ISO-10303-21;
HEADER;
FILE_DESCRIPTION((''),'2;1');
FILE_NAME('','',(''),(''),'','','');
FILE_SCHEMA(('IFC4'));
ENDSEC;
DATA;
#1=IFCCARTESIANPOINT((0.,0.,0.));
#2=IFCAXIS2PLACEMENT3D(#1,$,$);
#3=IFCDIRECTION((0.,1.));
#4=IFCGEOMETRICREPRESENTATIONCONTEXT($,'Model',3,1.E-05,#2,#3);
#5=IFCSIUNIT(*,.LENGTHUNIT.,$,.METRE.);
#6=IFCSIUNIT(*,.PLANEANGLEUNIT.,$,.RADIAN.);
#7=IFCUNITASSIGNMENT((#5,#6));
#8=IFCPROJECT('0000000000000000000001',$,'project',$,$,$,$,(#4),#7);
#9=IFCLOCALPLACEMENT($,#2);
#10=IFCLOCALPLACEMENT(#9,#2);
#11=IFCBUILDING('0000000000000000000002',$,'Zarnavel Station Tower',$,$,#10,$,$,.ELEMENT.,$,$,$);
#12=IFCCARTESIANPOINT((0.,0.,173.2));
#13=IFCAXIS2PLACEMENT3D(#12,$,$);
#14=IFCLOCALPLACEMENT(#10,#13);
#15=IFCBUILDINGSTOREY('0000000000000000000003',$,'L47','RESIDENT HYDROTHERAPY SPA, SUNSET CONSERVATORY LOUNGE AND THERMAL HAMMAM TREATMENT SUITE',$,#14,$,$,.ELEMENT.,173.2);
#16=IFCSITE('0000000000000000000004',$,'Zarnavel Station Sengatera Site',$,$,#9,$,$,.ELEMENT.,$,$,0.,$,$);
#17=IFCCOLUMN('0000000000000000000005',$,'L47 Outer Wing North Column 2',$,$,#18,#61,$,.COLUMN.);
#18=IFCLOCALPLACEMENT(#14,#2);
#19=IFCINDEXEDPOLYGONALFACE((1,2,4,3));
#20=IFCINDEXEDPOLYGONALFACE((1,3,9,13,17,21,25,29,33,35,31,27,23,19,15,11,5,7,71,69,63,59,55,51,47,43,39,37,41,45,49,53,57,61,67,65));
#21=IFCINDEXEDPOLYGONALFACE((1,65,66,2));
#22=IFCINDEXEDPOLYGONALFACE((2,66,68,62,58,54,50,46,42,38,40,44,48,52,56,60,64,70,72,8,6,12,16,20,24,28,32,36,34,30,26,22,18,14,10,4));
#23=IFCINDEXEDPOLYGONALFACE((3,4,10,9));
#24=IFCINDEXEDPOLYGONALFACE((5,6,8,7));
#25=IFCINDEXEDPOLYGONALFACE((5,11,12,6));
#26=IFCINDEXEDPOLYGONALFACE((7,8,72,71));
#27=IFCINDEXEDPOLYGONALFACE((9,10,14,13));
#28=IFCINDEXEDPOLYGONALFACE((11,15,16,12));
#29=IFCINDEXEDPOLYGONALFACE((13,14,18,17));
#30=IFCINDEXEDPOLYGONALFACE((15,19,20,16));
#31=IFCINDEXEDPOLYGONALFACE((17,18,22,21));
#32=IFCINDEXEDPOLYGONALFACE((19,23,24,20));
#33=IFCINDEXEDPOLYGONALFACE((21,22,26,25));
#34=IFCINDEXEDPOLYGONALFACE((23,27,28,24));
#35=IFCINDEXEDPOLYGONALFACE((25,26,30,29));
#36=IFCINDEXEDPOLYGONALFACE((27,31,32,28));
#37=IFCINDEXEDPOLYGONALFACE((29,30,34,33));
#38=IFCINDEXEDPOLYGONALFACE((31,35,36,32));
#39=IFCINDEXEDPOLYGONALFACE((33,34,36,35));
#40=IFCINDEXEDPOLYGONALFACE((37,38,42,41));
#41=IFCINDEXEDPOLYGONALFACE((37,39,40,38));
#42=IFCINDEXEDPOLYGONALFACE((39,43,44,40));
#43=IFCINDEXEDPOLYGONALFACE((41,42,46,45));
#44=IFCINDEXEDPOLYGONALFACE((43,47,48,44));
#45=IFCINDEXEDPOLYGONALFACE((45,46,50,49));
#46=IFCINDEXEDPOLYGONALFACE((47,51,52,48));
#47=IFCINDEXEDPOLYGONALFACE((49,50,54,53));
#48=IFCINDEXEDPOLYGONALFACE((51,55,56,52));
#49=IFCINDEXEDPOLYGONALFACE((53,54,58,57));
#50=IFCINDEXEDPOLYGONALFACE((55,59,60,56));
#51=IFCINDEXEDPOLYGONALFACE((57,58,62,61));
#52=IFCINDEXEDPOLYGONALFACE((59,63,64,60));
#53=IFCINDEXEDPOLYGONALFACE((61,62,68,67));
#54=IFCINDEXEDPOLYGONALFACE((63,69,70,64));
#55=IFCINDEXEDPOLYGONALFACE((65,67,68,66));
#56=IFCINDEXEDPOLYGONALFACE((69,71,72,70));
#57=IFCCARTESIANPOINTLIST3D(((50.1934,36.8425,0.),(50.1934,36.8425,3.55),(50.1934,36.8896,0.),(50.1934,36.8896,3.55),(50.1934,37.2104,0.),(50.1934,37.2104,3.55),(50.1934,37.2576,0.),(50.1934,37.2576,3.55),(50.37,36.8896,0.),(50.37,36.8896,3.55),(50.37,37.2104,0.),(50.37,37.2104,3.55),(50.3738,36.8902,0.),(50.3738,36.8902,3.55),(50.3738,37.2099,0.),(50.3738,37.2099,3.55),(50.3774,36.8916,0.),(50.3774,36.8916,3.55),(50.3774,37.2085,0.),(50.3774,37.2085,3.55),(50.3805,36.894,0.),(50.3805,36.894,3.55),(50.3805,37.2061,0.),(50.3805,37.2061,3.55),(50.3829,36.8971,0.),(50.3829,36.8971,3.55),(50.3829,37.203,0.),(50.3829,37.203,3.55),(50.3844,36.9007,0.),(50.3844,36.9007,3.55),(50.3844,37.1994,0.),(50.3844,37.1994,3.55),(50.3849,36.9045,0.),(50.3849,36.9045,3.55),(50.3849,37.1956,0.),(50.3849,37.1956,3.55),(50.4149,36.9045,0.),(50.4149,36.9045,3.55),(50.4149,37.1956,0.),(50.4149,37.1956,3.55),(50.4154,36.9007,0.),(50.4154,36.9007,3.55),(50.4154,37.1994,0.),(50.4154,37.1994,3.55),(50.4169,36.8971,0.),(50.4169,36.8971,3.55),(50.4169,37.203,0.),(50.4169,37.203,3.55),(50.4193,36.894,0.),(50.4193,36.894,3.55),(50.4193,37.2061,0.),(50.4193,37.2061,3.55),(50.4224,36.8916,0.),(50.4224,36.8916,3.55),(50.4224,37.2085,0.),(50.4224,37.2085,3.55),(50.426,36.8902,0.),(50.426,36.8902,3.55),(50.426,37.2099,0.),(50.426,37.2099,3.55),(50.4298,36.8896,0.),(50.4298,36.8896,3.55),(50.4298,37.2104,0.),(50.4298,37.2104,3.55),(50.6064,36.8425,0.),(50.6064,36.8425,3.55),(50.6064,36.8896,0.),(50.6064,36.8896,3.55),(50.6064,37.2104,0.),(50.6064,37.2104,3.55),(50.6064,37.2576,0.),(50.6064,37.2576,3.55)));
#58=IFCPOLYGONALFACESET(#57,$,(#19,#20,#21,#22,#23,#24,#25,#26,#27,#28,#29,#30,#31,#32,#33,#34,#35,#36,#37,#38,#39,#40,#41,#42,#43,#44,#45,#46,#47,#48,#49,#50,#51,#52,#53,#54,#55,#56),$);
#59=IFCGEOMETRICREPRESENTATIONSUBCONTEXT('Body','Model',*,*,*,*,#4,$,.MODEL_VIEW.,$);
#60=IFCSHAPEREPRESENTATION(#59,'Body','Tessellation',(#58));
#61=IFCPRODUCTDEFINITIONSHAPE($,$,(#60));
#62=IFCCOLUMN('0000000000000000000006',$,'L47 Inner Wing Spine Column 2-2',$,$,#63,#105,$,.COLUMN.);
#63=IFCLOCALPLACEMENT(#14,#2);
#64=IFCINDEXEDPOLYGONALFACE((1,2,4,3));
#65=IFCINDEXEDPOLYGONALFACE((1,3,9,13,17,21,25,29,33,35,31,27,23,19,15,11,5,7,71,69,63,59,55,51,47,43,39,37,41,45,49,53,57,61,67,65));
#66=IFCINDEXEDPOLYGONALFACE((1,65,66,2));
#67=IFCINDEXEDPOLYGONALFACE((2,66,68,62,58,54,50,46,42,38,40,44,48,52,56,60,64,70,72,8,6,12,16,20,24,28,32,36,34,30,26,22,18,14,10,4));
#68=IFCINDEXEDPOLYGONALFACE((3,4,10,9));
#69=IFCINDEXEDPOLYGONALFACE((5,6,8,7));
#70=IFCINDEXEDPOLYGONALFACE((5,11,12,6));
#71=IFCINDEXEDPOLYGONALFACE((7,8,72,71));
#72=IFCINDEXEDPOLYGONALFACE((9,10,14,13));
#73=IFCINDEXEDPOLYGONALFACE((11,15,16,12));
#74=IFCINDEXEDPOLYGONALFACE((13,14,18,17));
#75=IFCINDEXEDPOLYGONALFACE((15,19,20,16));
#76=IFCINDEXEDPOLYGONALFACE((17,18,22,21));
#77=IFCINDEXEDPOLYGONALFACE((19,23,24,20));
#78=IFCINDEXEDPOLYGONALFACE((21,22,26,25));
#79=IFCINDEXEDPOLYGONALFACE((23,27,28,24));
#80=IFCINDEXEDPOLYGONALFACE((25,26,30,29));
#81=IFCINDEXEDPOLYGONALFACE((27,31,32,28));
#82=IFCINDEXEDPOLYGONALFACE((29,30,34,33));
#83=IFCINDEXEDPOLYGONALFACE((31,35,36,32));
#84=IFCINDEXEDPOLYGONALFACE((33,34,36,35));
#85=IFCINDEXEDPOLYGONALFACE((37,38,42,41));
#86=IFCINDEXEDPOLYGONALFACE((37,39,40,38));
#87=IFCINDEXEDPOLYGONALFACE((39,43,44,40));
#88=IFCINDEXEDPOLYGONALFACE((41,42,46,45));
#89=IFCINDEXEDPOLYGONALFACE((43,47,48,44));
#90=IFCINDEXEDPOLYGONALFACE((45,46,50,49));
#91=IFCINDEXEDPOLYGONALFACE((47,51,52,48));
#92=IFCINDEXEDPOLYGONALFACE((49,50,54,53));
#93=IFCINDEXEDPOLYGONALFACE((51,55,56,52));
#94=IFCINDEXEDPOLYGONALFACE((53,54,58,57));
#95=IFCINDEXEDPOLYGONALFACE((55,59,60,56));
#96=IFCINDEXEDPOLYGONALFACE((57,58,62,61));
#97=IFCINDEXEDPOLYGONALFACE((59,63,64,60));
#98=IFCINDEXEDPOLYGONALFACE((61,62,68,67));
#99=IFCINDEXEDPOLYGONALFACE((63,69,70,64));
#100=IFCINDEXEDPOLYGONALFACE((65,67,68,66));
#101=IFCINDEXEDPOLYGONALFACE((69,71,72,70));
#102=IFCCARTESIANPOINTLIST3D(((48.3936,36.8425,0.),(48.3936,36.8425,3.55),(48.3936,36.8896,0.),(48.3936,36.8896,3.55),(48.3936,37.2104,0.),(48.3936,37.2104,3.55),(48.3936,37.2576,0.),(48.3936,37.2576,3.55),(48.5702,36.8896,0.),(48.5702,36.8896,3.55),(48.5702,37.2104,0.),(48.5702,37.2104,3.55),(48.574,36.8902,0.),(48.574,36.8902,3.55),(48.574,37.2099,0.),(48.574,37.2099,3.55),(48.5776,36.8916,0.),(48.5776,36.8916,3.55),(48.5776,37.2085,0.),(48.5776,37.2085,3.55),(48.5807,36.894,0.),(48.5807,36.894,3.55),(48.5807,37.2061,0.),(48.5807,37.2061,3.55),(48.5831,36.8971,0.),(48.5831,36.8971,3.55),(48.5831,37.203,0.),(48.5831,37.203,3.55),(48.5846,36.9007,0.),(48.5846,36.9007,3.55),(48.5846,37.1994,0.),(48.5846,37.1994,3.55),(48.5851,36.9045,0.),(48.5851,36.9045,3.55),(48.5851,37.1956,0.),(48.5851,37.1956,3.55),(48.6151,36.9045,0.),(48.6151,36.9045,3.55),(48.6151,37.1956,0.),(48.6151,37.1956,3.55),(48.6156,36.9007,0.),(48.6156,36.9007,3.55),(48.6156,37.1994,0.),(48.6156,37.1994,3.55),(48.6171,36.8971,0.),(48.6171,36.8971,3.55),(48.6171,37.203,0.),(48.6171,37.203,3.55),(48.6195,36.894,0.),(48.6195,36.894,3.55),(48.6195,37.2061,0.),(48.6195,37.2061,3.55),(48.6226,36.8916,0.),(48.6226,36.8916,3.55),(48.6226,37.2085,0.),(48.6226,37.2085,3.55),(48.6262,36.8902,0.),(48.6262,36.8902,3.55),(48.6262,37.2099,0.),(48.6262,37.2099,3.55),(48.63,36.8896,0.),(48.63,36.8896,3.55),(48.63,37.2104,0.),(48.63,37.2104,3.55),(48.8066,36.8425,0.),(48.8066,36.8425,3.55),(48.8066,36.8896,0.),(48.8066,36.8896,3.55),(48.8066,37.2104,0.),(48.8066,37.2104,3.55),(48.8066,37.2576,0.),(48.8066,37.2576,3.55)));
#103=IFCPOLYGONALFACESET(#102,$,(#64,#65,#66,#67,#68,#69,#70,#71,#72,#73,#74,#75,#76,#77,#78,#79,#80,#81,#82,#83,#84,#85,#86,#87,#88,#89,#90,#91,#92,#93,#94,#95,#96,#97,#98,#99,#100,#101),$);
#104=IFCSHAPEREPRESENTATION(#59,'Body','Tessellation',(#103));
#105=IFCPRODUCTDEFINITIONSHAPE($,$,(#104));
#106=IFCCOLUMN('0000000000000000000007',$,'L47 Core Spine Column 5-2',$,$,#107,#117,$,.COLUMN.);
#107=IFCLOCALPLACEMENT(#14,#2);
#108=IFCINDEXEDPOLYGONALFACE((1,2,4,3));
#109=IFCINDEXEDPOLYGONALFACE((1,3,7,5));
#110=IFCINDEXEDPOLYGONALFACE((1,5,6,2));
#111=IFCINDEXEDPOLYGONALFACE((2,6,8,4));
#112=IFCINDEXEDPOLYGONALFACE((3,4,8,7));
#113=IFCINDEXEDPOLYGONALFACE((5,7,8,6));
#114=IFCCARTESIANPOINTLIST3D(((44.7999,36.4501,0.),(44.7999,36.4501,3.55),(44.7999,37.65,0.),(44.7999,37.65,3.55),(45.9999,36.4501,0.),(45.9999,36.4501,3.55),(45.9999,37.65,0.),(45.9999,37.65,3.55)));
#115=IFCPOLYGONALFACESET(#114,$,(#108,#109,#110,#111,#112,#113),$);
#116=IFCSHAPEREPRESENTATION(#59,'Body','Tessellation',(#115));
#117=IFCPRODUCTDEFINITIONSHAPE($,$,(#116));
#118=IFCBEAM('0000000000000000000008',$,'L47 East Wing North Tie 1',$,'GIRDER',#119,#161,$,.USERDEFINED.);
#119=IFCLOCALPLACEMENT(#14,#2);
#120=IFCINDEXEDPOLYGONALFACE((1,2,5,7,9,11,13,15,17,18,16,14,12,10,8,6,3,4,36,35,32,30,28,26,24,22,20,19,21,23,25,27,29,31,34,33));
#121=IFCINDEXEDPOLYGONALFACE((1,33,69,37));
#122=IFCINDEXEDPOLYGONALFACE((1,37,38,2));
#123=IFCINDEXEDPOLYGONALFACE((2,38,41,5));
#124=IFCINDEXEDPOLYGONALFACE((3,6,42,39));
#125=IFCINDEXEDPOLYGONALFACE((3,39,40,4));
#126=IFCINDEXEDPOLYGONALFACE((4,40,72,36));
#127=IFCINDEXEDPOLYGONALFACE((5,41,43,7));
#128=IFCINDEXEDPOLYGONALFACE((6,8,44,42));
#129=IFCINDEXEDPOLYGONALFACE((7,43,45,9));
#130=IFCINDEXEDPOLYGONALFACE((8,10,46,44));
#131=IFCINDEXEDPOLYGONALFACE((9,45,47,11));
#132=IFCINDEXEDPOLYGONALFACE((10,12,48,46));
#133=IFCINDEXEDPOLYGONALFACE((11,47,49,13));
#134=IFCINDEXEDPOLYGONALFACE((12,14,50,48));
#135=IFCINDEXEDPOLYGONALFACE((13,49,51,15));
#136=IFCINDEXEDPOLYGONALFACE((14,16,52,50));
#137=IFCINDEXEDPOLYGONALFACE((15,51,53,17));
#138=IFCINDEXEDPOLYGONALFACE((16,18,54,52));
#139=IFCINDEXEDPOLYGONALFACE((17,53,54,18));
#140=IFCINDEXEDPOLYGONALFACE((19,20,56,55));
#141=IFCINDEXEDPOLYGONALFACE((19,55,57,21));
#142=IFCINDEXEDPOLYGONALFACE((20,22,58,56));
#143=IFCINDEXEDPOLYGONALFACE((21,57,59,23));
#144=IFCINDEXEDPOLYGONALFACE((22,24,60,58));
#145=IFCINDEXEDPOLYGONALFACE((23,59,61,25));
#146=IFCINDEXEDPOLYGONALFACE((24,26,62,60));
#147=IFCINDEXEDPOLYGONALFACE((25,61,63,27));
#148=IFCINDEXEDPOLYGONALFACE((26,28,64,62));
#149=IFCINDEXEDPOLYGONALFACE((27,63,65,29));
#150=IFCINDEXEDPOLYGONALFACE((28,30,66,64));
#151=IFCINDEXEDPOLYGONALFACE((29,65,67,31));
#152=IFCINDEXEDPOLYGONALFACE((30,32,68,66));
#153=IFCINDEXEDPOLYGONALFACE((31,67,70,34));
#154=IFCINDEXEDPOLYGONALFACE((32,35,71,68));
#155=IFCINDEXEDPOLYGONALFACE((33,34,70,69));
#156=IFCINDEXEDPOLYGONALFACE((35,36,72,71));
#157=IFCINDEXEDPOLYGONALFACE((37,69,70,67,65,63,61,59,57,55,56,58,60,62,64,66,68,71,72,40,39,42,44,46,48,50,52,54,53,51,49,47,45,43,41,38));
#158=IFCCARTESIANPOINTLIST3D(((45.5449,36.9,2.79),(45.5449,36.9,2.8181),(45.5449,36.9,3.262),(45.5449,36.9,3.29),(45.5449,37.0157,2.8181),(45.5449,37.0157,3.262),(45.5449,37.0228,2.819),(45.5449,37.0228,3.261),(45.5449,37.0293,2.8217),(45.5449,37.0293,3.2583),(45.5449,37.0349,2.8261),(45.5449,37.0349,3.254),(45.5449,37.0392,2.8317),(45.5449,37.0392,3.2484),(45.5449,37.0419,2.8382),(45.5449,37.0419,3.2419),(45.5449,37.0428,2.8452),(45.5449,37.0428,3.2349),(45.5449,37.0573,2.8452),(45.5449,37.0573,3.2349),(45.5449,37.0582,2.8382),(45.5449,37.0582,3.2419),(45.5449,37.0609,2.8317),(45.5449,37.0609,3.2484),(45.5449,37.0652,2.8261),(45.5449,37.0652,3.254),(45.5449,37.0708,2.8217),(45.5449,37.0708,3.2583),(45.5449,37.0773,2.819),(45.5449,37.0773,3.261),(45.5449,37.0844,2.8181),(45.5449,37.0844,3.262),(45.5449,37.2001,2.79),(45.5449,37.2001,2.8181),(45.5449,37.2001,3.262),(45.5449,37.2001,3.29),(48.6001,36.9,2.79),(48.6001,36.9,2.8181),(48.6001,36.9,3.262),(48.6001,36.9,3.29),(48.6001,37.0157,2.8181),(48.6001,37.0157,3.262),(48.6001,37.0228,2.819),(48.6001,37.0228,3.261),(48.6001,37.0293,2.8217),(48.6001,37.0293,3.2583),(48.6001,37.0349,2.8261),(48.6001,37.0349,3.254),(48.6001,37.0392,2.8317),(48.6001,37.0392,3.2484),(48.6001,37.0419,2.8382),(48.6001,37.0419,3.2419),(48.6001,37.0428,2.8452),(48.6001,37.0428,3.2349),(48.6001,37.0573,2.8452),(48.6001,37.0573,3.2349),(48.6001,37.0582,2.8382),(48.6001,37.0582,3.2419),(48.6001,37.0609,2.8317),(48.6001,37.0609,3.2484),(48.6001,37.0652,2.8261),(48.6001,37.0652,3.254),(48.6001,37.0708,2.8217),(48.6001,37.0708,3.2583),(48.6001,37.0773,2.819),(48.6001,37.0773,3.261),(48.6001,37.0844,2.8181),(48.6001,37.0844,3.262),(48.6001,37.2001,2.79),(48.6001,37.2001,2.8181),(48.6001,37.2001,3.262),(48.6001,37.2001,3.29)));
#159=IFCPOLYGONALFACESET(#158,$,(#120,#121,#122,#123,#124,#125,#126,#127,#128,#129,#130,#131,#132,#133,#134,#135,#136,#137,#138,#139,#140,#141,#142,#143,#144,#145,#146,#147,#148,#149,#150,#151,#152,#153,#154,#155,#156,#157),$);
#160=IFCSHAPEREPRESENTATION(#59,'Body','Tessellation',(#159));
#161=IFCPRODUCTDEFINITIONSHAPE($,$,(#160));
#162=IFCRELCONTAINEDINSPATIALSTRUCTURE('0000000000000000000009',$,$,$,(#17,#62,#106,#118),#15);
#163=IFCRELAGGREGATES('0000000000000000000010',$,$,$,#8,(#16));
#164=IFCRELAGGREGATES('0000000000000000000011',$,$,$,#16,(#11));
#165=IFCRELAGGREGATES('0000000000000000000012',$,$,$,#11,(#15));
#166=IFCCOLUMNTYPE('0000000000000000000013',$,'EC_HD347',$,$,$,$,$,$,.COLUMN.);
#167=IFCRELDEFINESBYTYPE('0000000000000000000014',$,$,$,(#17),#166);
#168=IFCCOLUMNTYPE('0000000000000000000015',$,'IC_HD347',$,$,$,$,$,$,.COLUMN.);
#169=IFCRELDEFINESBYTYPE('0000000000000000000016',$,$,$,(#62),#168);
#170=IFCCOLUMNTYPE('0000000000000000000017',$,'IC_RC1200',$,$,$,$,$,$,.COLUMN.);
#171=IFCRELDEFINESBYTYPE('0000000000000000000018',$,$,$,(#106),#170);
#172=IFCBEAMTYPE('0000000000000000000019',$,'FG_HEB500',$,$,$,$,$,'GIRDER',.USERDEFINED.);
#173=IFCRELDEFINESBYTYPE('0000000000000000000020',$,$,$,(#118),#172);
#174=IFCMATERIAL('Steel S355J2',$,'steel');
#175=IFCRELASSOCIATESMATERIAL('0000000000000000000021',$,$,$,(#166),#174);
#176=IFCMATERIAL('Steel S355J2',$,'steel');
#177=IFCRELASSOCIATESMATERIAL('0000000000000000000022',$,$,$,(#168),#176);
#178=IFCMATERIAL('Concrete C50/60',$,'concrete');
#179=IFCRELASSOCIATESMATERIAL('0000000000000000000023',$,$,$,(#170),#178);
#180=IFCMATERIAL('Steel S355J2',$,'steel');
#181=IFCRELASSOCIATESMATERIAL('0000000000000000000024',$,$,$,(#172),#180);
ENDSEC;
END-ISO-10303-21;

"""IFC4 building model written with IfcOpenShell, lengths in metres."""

from ifc_helpers import new_model, si_unit, direction, frame, origin, origin_2d, place, context, subcontext, project, spatial, rectangle, i_section, extrude, material, material_profile, profile_set, type_object, element, save


model = new_model("IFC4")

# Units and contexts
model_context = context("Model", 3, precision=1e-05, world=origin(), true_north=direction((0.0, 1.0)))
body_context = subcontext(model_context, "Body", "Model", "MODEL_VIEW")
ifc_project = project(units=[si_unit("LENGTHUNIT", "METRE"), si_unit("PLANEANGLEUNIT", "RADIAN")], contexts=[model_context])

# Site, building, storey
site_placement = place(None, origin())
site = spatial("IfcSite", under=ifc_project, at=site_placement, Name="Zarnavel Station Sengatera Site", CompositionType="ELEMENT", RefElevation=0.0)
building_placement = place(site_placement, origin())
building = spatial("IfcBuilding", under=site, at=building_placement, Name="Zarnavel Station Tower", CompositionType="ELEMENT")
storey_placement = place(building_placement, frame((0.0, 0.0, 173.2)))
storey = spatial("IfcBuildingStorey", under=building, at=storey_placement, Name="L47", Description="RESIDENT HYDROTHERAPY SPA, SUNSET CONSERVATORY LOUNGE AND THERMAL HAMMAM TREATMENT SUITE", CompositionType="ELEMENT", Elevation=173.2)

# Columns
ifc_material_1 = material(Name="Steel S355J2", Category="steel")
ifc_material_profile_1 = material_profile(ifc_material_1, i_section(OverallWidth=0.4131, OverallDepth=0.415, WebThickness=0.03, FlangeThickness=0.0471, FilletRadius=0.0149, at=origin_2d()), Name="HD400x347")
ifc_profile_set_1 = profile_set([ifc_material_profile_1], Name="Steel S355J2")
column_type_1 = type_object("IfcColumnType", Name="EC_HD347", PredefinedType="COLUMN", material=ifc_profile_set_1)
column_1_placement = place(storey_placement, frame((50.3999, 37.05, 0.0), z_axis=(0.0, 0.0, 1.0), x_axis=(1.0, 0.0, 0.0)))
element("IfcColumn", 1, at=column_1_placement, inside=storey, type_object=column_type_1, Name="L47 Outer Wing North Column 2", PredefinedType="COLUMN", context=body_context, shape_type="SweptSolid", body=[
    extrude(i_section(OverallWidth=0.4131, OverallDepth=0.415, WebThickness=0.03, FlangeThickness=0.0471, FilletRadius=0.0149, at=origin_2d()), origin(), (0.0, 0.0, 1.0), 3.55),
])
ifc_material_2 = material(Name="Steel S355J2", Category="steel")
ifc_material_profile_2 = material_profile(ifc_material_2, i_section(OverallWidth=0.4131, OverallDepth=0.415, WebThickness=0.03, FlangeThickness=0.0471, FilletRadius=0.0149, at=origin_2d()), Name="HD400x347")
ifc_profile_set_2 = profile_set([ifc_material_profile_2], Name="Steel S355J2")
column_type_2 = type_object("IfcColumnType", Name="IC_HD347", PredefinedType="COLUMN", material=ifc_profile_set_2)
column_2_placement = place(storey_placement, frame((48.6001, 37.05, 0.0), z_axis=(0.0, 0.0, 1.0), x_axis=(1.0, 0.0, 0.0)))
element("IfcColumn", 2, at=column_2_placement, inside=storey, type_object=column_type_2, Name="L47 Inner Wing Spine Column 2-2", PredefinedType="COLUMN", context=body_context, shape_type="SweptSolid", body=[
    extrude(i_section(OverallWidth=0.4131, OverallDepth=0.415, WebThickness=0.03, FlangeThickness=0.0471, FilletRadius=0.0149, at=origin_2d()), origin(), (0.0, 0.0, 1.0), 3.55),
])
ifc_material_3 = material(Name="Concrete C50/60", Category="concrete")
ifc_material_profile_3 = material_profile(ifc_material_3, rectangle(XDim=1.2, YDim=1.2, at=origin_2d()), Name="RC1200x1200")
ifc_profile_set_3 = profile_set([ifc_material_profile_3], Name="Concrete C50/60")
column_type_3 = type_object("IfcColumnType", Name="IC_RC1200", PredefinedType="COLUMN", material=ifc_profile_set_3)
column_3_placement = place(storey_placement, frame((45.3999, 37.05, 0.0), z_axis=(0.0, 0.0, 1.0), x_axis=(1.0, 0.0, 0.0)))
element("IfcColumn", 3, at=column_3_placement, inside=storey, type_object=column_type_3, Name="L47 Core Spine Column 5-2", PredefinedType="COLUMN", context=body_context, shape_type="SweptSolid", body=[
    extrude(rectangle(XDim=1.2, YDim=1.2, at=origin_2d()), origin(), (0.0, 0.0, 1.0), 3.55),
])

# Beam
ifc_material_4 = material(Name="Steel S355J2", Category="steel")
ifc_material_profile_4 = material_profile(ifc_material_4, i_section(OverallWidth=0.3, OverallDepth=0.5, WebThickness=0.0144, FlangeThickness=0.0281, FilletRadius=0.0271, at=origin_2d()), Name="HEB500")
ifc_profile_set_4 = profile_set([ifc_material_profile_4], Name="Steel S355J2")
beam_type = type_object("IfcBeamType", Name="FG_HEB500", ElementType="GIRDER", PredefinedType="USERDEFINED", material=ifc_profile_set_4)
beam_1_placement = place(storey_placement, frame((45.5449, 37.05, 3.04), z_axis=(1.0, 0.0, 0.0), x_axis=(0.0, 1.0, 0.0)))
element("IfcBeam", 4, at=beam_1_placement, inside=storey, type_object=beam_type, Name="L47 East Wing North Tie 1", ObjectType="GIRDER", PredefinedType="USERDEFINED", context=body_context, shape_type="SweptSolid", body=[
    extrude(i_section(OverallWidth=0.3, OverallDepth=0.5, WebThickness=0.0144, FlangeThickness=0.0281, FilletRadius=0.0271, at=origin_2d()), origin(), (0.0, 0.0, 1.0), 3.0552),
])

save(model, "model.ifc")
